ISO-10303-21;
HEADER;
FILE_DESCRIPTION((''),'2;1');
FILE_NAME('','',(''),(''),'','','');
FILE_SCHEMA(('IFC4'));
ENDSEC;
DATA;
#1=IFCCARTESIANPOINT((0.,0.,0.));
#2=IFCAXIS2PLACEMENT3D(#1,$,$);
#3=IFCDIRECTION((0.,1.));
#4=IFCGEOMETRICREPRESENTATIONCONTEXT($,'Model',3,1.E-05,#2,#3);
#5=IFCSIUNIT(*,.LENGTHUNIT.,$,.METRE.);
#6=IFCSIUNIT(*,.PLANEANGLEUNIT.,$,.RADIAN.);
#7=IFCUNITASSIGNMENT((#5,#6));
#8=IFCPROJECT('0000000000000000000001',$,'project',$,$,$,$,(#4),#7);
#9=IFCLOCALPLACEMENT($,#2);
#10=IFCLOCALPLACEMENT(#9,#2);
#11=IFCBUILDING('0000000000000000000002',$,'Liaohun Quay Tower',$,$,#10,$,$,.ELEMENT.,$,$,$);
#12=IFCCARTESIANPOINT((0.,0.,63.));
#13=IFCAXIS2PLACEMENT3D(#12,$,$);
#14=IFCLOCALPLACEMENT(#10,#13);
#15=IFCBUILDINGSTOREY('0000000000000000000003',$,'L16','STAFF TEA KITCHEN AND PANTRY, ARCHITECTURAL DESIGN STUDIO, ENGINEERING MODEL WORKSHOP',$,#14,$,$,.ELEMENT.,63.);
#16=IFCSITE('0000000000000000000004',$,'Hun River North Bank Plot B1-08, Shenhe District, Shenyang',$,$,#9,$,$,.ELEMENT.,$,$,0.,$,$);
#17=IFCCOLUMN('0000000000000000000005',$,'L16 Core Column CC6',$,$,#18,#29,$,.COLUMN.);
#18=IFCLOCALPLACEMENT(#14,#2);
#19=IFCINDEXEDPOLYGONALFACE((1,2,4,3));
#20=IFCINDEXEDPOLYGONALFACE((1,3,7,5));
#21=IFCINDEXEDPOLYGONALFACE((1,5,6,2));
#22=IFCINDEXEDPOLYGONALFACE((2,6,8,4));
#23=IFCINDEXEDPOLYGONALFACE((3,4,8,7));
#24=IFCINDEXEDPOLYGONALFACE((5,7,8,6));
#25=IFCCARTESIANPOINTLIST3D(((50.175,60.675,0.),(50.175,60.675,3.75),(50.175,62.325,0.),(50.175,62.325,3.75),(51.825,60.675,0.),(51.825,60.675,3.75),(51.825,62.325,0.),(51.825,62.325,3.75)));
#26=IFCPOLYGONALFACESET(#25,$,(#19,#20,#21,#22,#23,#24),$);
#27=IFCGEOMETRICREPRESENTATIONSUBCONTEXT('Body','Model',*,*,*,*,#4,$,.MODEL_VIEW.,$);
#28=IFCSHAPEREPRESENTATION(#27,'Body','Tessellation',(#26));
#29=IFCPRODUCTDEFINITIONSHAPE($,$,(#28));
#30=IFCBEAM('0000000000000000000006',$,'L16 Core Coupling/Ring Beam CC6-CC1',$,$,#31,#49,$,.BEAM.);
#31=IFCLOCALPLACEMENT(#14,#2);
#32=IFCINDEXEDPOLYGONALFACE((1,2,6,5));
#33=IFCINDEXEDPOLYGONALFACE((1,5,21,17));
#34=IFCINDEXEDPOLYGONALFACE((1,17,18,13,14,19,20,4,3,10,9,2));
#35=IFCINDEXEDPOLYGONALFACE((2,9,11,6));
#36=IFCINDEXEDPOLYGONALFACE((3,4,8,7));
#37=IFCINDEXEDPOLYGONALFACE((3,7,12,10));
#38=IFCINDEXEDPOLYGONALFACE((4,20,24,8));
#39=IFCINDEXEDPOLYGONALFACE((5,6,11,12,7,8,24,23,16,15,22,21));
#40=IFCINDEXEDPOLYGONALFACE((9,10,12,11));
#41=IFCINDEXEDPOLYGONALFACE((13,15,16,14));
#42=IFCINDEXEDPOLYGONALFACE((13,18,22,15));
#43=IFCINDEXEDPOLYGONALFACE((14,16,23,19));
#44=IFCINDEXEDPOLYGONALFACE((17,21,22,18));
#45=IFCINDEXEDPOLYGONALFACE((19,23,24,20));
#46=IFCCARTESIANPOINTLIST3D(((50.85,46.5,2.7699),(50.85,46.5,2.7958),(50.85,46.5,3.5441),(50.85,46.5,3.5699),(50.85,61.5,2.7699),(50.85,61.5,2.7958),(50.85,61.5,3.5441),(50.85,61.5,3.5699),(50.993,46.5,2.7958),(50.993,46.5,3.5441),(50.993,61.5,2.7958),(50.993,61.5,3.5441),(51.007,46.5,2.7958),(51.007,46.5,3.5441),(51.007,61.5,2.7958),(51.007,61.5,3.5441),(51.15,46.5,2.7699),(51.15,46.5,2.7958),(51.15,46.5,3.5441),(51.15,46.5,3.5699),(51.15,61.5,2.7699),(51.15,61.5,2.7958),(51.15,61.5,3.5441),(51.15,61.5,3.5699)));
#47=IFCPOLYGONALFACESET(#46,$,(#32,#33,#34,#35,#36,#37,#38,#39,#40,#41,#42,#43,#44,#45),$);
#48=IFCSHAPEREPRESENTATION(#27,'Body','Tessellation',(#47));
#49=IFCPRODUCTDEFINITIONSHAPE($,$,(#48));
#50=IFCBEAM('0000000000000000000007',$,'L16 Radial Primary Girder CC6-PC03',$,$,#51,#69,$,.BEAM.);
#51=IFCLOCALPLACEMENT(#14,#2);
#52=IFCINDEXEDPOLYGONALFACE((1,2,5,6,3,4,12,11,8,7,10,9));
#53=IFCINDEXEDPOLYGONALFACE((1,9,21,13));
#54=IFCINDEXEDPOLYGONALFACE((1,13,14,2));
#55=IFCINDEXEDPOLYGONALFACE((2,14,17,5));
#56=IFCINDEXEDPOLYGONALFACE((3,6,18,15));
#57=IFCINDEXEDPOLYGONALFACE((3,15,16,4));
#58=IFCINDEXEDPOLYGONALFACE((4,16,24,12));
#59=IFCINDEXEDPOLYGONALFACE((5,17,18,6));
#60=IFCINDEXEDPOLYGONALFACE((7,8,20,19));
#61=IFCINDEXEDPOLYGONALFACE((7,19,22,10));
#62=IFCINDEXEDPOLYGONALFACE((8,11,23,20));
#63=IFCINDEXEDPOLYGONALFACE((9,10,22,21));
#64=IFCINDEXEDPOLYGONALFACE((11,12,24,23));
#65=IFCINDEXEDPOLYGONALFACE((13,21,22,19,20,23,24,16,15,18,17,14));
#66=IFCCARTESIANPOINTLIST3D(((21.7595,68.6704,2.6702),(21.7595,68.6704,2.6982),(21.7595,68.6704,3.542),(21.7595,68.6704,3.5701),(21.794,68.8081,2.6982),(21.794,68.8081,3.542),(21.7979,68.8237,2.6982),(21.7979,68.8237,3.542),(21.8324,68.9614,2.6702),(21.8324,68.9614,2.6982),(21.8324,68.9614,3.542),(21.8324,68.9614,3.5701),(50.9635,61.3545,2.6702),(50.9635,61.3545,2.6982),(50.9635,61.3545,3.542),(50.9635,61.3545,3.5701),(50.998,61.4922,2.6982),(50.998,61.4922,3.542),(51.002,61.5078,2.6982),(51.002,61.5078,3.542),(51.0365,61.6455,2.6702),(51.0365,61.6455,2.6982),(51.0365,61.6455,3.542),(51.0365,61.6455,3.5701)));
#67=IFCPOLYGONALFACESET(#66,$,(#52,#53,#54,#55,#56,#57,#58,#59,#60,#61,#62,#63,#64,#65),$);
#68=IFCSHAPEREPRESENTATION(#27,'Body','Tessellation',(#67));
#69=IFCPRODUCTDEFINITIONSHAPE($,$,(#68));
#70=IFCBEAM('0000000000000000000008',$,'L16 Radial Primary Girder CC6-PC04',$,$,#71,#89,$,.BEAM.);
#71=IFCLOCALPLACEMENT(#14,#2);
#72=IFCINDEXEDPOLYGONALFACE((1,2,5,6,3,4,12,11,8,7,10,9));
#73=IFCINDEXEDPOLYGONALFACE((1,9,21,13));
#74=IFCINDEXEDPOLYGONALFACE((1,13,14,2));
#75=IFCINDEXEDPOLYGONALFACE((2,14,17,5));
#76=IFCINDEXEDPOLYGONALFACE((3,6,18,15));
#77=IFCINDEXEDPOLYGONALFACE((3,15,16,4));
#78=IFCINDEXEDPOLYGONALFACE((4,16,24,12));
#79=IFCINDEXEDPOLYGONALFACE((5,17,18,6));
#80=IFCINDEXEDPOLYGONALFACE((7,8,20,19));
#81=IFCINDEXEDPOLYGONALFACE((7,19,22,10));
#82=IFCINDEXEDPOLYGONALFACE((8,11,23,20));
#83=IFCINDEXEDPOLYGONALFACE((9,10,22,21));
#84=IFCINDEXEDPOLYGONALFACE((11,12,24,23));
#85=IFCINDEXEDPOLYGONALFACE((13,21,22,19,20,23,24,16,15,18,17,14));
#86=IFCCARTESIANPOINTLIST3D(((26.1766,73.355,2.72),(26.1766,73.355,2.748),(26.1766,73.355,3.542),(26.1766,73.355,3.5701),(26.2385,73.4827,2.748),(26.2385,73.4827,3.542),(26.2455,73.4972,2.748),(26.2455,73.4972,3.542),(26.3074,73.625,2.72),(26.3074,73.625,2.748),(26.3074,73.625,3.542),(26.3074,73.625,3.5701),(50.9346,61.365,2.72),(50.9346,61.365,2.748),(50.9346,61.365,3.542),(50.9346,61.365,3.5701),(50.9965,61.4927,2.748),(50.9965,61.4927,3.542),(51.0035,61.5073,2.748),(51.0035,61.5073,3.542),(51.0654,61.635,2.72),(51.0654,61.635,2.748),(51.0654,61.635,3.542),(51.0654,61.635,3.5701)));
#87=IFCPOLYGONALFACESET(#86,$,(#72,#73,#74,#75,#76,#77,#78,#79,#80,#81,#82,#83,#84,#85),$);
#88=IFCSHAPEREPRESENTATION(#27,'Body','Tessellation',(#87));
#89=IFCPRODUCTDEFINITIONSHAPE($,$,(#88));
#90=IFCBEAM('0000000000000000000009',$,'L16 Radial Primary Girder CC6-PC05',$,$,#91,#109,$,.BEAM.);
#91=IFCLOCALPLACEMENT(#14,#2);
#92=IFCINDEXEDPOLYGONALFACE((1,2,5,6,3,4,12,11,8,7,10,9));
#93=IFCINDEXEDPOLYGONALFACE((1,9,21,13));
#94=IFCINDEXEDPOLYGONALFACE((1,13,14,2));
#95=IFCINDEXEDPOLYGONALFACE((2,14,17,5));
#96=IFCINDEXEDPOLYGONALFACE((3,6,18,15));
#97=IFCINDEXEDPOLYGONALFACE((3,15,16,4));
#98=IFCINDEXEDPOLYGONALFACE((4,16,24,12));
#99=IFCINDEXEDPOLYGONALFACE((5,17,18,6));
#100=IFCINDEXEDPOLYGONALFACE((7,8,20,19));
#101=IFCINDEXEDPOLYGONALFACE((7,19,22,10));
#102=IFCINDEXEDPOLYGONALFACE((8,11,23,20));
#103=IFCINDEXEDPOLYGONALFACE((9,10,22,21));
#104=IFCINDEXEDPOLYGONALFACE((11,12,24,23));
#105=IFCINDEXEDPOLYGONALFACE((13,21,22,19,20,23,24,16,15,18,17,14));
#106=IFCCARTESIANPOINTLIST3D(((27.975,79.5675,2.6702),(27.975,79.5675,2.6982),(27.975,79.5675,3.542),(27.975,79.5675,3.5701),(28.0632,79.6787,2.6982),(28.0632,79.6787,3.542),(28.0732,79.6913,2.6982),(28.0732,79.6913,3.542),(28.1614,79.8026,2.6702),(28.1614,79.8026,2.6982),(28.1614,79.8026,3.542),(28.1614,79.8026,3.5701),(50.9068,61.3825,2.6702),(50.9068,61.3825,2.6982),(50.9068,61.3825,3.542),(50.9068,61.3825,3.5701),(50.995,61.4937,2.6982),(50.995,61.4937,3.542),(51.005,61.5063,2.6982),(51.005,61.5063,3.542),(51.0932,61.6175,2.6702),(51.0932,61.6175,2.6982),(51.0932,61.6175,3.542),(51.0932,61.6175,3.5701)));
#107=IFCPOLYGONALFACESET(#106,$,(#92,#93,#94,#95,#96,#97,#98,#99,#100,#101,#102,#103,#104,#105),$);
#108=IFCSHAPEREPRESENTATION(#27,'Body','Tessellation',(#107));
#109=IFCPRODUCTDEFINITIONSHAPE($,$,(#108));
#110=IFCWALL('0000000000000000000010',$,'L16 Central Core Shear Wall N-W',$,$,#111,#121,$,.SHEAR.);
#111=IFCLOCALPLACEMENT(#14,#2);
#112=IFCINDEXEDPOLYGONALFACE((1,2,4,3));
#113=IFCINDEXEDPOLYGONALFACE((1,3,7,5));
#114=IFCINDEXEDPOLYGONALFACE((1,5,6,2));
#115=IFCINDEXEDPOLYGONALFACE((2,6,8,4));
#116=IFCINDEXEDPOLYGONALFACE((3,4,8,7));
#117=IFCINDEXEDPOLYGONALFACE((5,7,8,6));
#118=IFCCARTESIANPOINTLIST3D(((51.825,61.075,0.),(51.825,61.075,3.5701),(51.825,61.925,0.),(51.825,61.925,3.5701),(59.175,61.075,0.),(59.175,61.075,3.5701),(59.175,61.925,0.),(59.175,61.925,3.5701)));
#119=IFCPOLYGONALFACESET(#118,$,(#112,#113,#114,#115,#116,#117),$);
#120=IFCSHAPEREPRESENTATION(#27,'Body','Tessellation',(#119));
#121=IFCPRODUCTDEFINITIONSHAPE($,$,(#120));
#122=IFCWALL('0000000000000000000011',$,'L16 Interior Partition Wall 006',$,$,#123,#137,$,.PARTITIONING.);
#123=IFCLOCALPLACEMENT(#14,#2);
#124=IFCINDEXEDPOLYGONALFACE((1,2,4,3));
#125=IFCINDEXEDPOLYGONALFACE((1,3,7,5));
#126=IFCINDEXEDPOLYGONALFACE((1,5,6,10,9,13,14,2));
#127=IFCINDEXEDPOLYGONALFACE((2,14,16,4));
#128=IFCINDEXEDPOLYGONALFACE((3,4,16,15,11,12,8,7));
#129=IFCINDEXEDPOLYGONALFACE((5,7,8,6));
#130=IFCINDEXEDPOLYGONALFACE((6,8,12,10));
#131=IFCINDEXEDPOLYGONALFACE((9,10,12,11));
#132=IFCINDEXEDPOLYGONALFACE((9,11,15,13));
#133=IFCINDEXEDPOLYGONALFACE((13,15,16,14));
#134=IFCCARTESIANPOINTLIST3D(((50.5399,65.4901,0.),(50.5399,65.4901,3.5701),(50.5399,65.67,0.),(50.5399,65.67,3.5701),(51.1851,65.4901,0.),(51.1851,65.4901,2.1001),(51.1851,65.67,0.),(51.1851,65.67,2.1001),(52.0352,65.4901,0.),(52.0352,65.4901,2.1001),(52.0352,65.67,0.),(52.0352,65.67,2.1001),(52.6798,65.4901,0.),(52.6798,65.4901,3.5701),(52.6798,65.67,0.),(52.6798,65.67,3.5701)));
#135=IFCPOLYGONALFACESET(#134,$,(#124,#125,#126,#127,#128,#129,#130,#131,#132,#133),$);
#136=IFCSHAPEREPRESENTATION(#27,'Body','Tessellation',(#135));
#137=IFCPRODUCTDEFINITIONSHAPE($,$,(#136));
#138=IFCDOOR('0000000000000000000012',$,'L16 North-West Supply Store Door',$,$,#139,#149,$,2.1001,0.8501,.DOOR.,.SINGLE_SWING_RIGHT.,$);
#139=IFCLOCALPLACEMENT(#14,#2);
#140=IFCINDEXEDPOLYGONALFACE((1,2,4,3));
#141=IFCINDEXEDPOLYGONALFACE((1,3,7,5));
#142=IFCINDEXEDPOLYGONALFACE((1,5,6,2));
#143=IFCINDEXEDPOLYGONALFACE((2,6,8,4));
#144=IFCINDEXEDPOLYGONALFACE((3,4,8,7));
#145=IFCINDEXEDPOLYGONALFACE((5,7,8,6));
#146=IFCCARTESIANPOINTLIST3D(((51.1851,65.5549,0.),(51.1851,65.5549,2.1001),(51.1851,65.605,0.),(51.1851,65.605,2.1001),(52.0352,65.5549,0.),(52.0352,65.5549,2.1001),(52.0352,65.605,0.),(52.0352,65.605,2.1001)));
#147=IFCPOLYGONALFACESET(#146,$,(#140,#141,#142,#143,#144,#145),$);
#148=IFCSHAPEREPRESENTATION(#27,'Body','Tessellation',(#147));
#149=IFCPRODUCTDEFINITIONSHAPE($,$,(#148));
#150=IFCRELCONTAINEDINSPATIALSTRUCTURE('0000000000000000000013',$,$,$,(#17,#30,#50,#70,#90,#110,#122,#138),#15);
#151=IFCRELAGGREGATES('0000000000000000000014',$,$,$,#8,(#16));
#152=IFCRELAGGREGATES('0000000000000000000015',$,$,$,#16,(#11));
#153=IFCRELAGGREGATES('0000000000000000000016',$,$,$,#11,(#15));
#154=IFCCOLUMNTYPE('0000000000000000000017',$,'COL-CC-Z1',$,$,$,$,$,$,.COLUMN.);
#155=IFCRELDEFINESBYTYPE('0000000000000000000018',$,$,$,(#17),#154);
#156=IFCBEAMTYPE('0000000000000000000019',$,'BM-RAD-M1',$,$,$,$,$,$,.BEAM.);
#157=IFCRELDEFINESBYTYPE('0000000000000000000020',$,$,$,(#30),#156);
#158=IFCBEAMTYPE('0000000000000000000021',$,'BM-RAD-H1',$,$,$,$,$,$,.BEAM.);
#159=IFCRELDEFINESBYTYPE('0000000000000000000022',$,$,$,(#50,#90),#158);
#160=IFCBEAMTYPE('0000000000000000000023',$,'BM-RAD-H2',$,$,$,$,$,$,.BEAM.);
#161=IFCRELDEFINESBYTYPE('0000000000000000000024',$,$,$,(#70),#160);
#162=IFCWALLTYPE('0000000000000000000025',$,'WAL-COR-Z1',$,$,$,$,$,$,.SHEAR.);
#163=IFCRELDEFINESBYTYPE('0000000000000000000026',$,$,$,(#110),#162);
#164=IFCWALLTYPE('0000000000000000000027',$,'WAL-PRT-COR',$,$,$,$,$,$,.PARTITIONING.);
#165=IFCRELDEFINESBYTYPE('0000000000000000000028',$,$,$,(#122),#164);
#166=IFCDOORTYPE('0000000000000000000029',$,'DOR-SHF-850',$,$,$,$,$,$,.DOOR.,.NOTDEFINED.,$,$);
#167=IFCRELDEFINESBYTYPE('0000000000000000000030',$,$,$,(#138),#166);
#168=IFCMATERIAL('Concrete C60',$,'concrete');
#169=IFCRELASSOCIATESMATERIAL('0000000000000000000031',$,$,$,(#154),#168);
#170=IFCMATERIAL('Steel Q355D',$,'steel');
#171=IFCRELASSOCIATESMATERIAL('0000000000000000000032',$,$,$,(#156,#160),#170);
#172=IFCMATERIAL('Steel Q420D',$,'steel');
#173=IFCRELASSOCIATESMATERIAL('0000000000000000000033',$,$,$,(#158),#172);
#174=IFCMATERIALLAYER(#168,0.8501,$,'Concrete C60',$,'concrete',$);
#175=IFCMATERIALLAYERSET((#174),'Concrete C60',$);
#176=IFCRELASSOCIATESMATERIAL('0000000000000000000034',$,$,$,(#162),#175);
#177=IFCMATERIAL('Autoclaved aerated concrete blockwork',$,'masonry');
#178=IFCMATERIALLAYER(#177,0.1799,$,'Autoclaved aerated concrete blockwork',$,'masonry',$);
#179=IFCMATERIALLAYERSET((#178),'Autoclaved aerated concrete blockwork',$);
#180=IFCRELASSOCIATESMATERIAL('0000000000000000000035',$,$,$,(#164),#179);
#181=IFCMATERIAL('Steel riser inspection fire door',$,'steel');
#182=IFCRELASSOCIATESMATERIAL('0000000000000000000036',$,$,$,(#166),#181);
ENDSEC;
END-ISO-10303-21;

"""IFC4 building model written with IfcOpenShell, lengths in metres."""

from ifc_helpers import new_model, si_unit, direction, frame, frame_2d, origin, origin_2d, place, context, subcontext, project, spatial, rectangle, i_section, extrude, source, transform, mapped, material, layer, layer_set, material_profile, profile_set, type_object, element, fill, save


model = new_model("IFC4")

# Units and contexts
model_context = context("Model", 3, precision=1e-05, world=origin(), true_north=direction((0.0, 1.0)))
body_context = subcontext(model_context, "Body", "Model", "MODEL_VIEW")
ifc_project = project(units=[si_unit("LENGTHUNIT", "METRE"), si_unit("PLANEANGLEUNIT", "RADIAN")], contexts=[model_context])

# Site, building, storey
site_placement = place(None, origin())
site = spatial("IfcSite", under=ifc_project, at=site_placement, Name="Hun River North Bank Plot B1-08, Shenhe District, Shenyang", CompositionType="ELEMENT", RefElevation=0.0)
building_placement = place(site_placement, origin())
building = spatial("IfcBuilding", under=site, at=building_placement, Name="Liaohun Quay Tower", CompositionType="ELEMENT")
storey_placement = place(building_placement, frame((0.0, 0.0, 63.0)))
storey = spatial("IfcBuildingStorey", under=building, at=storey_placement, Name="L16", Description="STAFF TEA KITCHEN AND PANTRY, ARCHITECTURAL DESIGN STUDIO, ENGINEERING MODEL WORKSHOP", CompositionType="ELEMENT", Elevation=63.0)

# Column
ifc_material_1 = material(Name="Concrete C60", Category="concrete")
ifc_material_profile_1 = material_profile(ifc_material_1, rectangle(XDim=1.6499, YDim=1.6499, at=origin_2d()), Name="RC1650x1650")
ifc_profile_set_1 = profile_set([ifc_material_profile_1], Name="Concrete C60")
column_type = type_object("IfcColumnType", Name="COL-CC-Z1", PredefinedType="COLUMN", material=ifc_profile_set_1)
shared_shape_1 = source(origin(), body_context, "Body", "SweptSolid", [
    extrude(rectangle(XDim=1.6499, YDim=1.6499, at=origin_2d()), origin(), (0.0, 0.0, 1.0), 3.75),
])
column_placement = place(storey_placement, frame((51.0, 61.5, 0.0), z_axis=(0.0, 0.0, 1.0), x_axis=(1.0, 0.0, 0.0)))
element("IfcColumn", 1, at=column_placement, inside=storey, type_object=column_type, Name="L16 Core Column CC6", PredefinedType="COLUMN", context=body_context, shape_type="MappedRepresentation", body=[
    mapped(shared_shape_1, transform((0.0, 0.0, 0.0), x_axis=(1.0, 0.0, 0.0), y_axis=(0.0, 1.0, 0.0), z_axis=(0.0, 0.0, 1.0), scale=1.0)),
])

# Beams
ifc_material_2 = material(Name="Steel Q355D", Category="steel")
ifc_material_profile_2 = material_profile(ifc_material_2, i_section(OverallWidth=0.3, OverallDepth=0.8, WebThickness=0.0139, FlangeThickness=0.0259, at=origin_2d()), Name="HN800x300x14x26")
ifc_profile_set_2 = profile_set([ifc_material_profile_2], Name="Steel Q355D")
beam_type_1 = type_object("IfcBeamType", Name="BM-RAD-M1", PredefinedType="BEAM", material=ifc_profile_set_2)
shared_shape_2 = source(origin(), body_context, "Body", "SweptSolid", [
    extrude(i_section(OverallWidth=0.3, OverallDepth=0.8, WebThickness=0.0139, FlangeThickness=0.0259, at=origin_2d()), origin(), (0.0, 0.0, 1.0), 15.0),
])
beam_1_placement = place(storey_placement, frame((51.0, 61.5, 3.1699), z_axis=(0.0, -1.0, 0.0), x_axis=(1.0, 0.0, 0.0)))
element("IfcBeam", 2, at=beam_1_placement, inside=storey, type_object=beam_type_1, Name="L16 Core Coupling/Ring Beam CC6-CC1", PredefinedType="BEAM", context=body_context, shape_type="MappedRepresentation", body=[
    mapped(shared_shape_2, transform((0.0, 0.0, 0.0), x_axis=(1.0, 0.0, 0.0), y_axis=(0.0, 1.0, 0.0), z_axis=(0.0, 0.0, 1.0), scale=1.0)),
])
ifc_material_3 = material(Name="Steel Q420D", Category="steel")
ifc_material_profile_3 = material_profile(ifc_material_3, i_section(OverallWidth=0.3, OverallDepth=0.8999, WebThickness=0.0161, FlangeThickness=0.0281, at=origin_2d()), Name="HN900x300x16x28")
ifc_profile_set_3 = profile_set([ifc_material_profile_3], Name="Steel Q420D")
beam_type_2 = type_object("IfcBeamType", Name="BM-RAD-H1", PredefinedType="BEAM", material=ifc_profile_set_3)
shared_shape_3 = source(origin(), body_context, "Body", "SweptSolid", [
    extrude(i_section(OverallWidth=0.3, OverallDepth=0.8999, WebThickness=0.0161, FlangeThickness=0.0281, at=origin_2d()), origin(), (0.0, 0.0, 1.0), 30.1064),
])
beam_2_placement = place(storey_placement, frame((51.0, 61.5, 3.1201), z_axis=(-0.970026, 0.243001, 0.0), x_axis=(-0.243001, -0.970026, 0.0)))
element("IfcBeam", 3, at=beam_2_placement, inside=storey, type_object=beam_type_2, Name="L16 Radial Primary Girder CC6-PC03", PredefinedType="BEAM", context=body_context, shape_type="MappedRepresentation", body=[
    mapped(shared_shape_3, transform((0.0, 0.0, 0.0), x_axis=(1.0, 0.0, 0.0), y_axis=(0.0, 1.0, 0.0), z_axis=(0.0, 0.0, 1.0), scale=1.0)),
])
ifc_material_profile_4 = material_profile(ifc_material_2, i_section(OverallWidth=0.3, OverallDepth=0.8501, WebThickness=0.0161, FlangeThickness=0.0281, at=origin_2d()), Name="HN850x300x16x28")
ifc_profile_set_4 = profile_set([ifc_material_profile_4], Name="Steel Q355D")
beam_type_3 = type_object("IfcBeamType", Name="BM-RAD-H2", PredefinedType="BEAM", material=ifc_profile_set_4)
shared_shape_4 = source(origin(), body_context, "Body", "SweptSolid", [
    extrude(i_section(OverallWidth=0.3, OverallDepth=0.8501, WebThickness=0.0161, FlangeThickness=0.0281, at=origin_2d()), origin(), (0.0, 0.0, 1.0), 27.5085),
])
beam_3_placement = place(storey_placement, frame((51.0, 61.5, 3.145), z_axis=(-0.900013, 0.435864, 0.0), x_axis=(-0.435864, -0.900013, 0.0)))
element("IfcBeam", 4, at=beam_3_placement, inside=storey, type_object=beam_type_3, Name="L16 Radial Primary Girder CC6-PC04", PredefinedType="BEAM", context=body_context, shape_type="MappedRepresentation", body=[
    mapped(shared_shape_4, transform((0.0, 0.0, 0.0), x_axis=(1.0, 0.0, 0.0), y_axis=(0.0, 1.0, 0.0), z_axis=(0.0, 0.0, 1.0), scale=1.0)),
])
shared_shape_5 = source(origin(), body_context, "Body", "SweptSolid", [
    extrude(i_section(OverallWidth=0.3, OverallDepth=0.8999, WebThickness=0.0161, FlangeThickness=0.0281, at=origin_2d()), origin(), (0.0, 0.0, 1.0), 29.2671),
])
beam_4_placement = place(storey_placement, frame((51.0, 61.5, 3.1201), z_axis=(-0.783536, 0.621347, 0.0), x_axis=(-0.621347, -0.783536, 0.0)))
element("IfcBeam", 5, at=beam_4_placement, inside=storey, type_object=beam_type_2, Name="L16 Radial Primary Girder CC6-PC05", PredefinedType="BEAM", context=body_context, shape_type="MappedRepresentation", body=[
    mapped(shared_shape_5, transform((0.0, 0.0, 0.0), x_axis=(1.0, 0.0, 0.0), y_axis=(0.0, 1.0, 0.0), z_axis=(0.0, 0.0, 1.0), scale=1.0)),
])

# Wall
ifc_layer_1 = layer(ifc_material_1, 0.8501, Name="Concrete C60", Category="concrete")
ifc_layer_set_1 = layer_set([ifc_layer_1], Name="Concrete C60")
wall_type_1 = type_object("IfcWallType", Name="WAL-COR-Z1", PredefinedType="SHEAR", material=ifc_layer_set_1)
wall_1_placement = place(storey_placement, frame((51.825, 61.5, 0.0), z_axis=(0.0, 0.0, 1.0), x_axis=(1.0, 0.0, 0.0)))
element("IfcWall", 6, at=wall_1_placement, inside=storey, type_object=wall_type_1, Name="L16 Central Core Shear Wall N-W", PredefinedType="SHEAR", context=body_context, shape_type="SweptSolid", body=[
    extrude(rectangle(XDim=7.3501, YDim=0.8501, at=frame_2d((3.675, 0.0))), origin(), (0.0, 0.0, 1.0), 3.5701),
])

# Wall, opening, door
ifc_material_4 = material(Name="Autoclaved aerated concrete blockwork", Category="masonry")
ifc_layer_2 = layer(ifc_material_4, 0.1799, Name="Autoclaved aerated concrete blockwork", Category="masonry")
ifc_layer_set_2 = layer_set([ifc_layer_2], Name="Autoclaved aerated concrete blockwork")
wall_type_2 = type_object("IfcWallType", Name="WAL-PRT-COR", PredefinedType="PARTITIONING", material=ifc_layer_set_2)
wall_2_placement = place(storey_placement, frame((50.54, 65.5801, 0.0), z_axis=(0.0, 0.0, 1.0), x_axis=(1.0, 0.0, 0.0)))
wall_2 = element("IfcWall", 7, at=wall_2_placement, inside=storey, type_object=wall_type_2, Name="L16 Interior Partition Wall 006", PredefinedType="PARTITIONING", context=body_context, shape_type="SweptSolid", body=[
    extrude(rectangle(XDim=2.1399, YDim=0.1799, at=frame_2d((1.0698, 0.0))), origin(), (0.0, 0.0, 1.0), 3.5701),
])
shared_shape_6 = source(origin(), body_context, "Body", "SweptSolid", [
    extrude(rectangle(XDim=0.8501, YDim=2.1001, at=frame_2d((0.425, 1.05))), frame((0.0, 0.0999, 0.0), z_axis=(0.0, -1.0, 0.0), x_axis=(1.0, 0.0, 0.0)), (0.0, 0.0, 1.0), 0.2),
])
opening_1_placement = place(wall_2_placement, frame((0.645, 0.0, 0.0)))
opening_1 = element("IfcOpeningElement", 8, at=opening_1_placement, cuts=wall_2, PredefinedType="OPENING", context=body_context, shape_type="MappedRepresentation", body=[
    mapped(shared_shape_6, transform((0.0, 0.0, 0.0), x_axis=(1.0, 0.0, 0.0), y_axis=(0.0, 1.0, 0.0), z_axis=(0.0, 0.0, 1.0), scale=1.0)),
])
ifc_material_5 = material(Name="Steel riser inspection fire door", Category="steel")
door_type_1 = type_object("IfcDoorType", Name="DOR-SHF-850", OperationType="NOTDEFINED", PredefinedType="DOOR", material=ifc_material_5)
shared_shape_7 = source(origin(), body_context, "Body", "SweptSolid", [
    extrude(rectangle(XDim=0.8501, YDim=2.1001, at=frame_2d((0.425, 1.05))), frame((0.0, 0.0249, 0.0), z_axis=(0.0, -1.0, 0.0), x_axis=(1.0, 0.0, 0.0)), (0.0, 0.0, 1.0), 0.05),
])
door_1_placement = place(opening_1_placement, origin())
door_1 = element("IfcDoor", 9, at=door_1_placement, inside=storey, type_object=door_type_1, Name="L16 North-West Supply Store Door", OperationType="SINGLE_SWING_RIGHT", OverallHeight=2.1001, OverallWidth=0.8501, PredefinedType="DOOR", context=body_context, shape_type="MappedRepresentation", body=[
    mapped(shared_shape_7, transform((0.0, 0.0, 0.0), x_axis=(1.0, 0.0, 0.0), y_axis=(0.0, 1.0, 0.0), z_axis=(0.0, 0.0, 1.0), scale=1.0)),
])
fill(opening_1, door_1)

save(model, "model.ifc")
